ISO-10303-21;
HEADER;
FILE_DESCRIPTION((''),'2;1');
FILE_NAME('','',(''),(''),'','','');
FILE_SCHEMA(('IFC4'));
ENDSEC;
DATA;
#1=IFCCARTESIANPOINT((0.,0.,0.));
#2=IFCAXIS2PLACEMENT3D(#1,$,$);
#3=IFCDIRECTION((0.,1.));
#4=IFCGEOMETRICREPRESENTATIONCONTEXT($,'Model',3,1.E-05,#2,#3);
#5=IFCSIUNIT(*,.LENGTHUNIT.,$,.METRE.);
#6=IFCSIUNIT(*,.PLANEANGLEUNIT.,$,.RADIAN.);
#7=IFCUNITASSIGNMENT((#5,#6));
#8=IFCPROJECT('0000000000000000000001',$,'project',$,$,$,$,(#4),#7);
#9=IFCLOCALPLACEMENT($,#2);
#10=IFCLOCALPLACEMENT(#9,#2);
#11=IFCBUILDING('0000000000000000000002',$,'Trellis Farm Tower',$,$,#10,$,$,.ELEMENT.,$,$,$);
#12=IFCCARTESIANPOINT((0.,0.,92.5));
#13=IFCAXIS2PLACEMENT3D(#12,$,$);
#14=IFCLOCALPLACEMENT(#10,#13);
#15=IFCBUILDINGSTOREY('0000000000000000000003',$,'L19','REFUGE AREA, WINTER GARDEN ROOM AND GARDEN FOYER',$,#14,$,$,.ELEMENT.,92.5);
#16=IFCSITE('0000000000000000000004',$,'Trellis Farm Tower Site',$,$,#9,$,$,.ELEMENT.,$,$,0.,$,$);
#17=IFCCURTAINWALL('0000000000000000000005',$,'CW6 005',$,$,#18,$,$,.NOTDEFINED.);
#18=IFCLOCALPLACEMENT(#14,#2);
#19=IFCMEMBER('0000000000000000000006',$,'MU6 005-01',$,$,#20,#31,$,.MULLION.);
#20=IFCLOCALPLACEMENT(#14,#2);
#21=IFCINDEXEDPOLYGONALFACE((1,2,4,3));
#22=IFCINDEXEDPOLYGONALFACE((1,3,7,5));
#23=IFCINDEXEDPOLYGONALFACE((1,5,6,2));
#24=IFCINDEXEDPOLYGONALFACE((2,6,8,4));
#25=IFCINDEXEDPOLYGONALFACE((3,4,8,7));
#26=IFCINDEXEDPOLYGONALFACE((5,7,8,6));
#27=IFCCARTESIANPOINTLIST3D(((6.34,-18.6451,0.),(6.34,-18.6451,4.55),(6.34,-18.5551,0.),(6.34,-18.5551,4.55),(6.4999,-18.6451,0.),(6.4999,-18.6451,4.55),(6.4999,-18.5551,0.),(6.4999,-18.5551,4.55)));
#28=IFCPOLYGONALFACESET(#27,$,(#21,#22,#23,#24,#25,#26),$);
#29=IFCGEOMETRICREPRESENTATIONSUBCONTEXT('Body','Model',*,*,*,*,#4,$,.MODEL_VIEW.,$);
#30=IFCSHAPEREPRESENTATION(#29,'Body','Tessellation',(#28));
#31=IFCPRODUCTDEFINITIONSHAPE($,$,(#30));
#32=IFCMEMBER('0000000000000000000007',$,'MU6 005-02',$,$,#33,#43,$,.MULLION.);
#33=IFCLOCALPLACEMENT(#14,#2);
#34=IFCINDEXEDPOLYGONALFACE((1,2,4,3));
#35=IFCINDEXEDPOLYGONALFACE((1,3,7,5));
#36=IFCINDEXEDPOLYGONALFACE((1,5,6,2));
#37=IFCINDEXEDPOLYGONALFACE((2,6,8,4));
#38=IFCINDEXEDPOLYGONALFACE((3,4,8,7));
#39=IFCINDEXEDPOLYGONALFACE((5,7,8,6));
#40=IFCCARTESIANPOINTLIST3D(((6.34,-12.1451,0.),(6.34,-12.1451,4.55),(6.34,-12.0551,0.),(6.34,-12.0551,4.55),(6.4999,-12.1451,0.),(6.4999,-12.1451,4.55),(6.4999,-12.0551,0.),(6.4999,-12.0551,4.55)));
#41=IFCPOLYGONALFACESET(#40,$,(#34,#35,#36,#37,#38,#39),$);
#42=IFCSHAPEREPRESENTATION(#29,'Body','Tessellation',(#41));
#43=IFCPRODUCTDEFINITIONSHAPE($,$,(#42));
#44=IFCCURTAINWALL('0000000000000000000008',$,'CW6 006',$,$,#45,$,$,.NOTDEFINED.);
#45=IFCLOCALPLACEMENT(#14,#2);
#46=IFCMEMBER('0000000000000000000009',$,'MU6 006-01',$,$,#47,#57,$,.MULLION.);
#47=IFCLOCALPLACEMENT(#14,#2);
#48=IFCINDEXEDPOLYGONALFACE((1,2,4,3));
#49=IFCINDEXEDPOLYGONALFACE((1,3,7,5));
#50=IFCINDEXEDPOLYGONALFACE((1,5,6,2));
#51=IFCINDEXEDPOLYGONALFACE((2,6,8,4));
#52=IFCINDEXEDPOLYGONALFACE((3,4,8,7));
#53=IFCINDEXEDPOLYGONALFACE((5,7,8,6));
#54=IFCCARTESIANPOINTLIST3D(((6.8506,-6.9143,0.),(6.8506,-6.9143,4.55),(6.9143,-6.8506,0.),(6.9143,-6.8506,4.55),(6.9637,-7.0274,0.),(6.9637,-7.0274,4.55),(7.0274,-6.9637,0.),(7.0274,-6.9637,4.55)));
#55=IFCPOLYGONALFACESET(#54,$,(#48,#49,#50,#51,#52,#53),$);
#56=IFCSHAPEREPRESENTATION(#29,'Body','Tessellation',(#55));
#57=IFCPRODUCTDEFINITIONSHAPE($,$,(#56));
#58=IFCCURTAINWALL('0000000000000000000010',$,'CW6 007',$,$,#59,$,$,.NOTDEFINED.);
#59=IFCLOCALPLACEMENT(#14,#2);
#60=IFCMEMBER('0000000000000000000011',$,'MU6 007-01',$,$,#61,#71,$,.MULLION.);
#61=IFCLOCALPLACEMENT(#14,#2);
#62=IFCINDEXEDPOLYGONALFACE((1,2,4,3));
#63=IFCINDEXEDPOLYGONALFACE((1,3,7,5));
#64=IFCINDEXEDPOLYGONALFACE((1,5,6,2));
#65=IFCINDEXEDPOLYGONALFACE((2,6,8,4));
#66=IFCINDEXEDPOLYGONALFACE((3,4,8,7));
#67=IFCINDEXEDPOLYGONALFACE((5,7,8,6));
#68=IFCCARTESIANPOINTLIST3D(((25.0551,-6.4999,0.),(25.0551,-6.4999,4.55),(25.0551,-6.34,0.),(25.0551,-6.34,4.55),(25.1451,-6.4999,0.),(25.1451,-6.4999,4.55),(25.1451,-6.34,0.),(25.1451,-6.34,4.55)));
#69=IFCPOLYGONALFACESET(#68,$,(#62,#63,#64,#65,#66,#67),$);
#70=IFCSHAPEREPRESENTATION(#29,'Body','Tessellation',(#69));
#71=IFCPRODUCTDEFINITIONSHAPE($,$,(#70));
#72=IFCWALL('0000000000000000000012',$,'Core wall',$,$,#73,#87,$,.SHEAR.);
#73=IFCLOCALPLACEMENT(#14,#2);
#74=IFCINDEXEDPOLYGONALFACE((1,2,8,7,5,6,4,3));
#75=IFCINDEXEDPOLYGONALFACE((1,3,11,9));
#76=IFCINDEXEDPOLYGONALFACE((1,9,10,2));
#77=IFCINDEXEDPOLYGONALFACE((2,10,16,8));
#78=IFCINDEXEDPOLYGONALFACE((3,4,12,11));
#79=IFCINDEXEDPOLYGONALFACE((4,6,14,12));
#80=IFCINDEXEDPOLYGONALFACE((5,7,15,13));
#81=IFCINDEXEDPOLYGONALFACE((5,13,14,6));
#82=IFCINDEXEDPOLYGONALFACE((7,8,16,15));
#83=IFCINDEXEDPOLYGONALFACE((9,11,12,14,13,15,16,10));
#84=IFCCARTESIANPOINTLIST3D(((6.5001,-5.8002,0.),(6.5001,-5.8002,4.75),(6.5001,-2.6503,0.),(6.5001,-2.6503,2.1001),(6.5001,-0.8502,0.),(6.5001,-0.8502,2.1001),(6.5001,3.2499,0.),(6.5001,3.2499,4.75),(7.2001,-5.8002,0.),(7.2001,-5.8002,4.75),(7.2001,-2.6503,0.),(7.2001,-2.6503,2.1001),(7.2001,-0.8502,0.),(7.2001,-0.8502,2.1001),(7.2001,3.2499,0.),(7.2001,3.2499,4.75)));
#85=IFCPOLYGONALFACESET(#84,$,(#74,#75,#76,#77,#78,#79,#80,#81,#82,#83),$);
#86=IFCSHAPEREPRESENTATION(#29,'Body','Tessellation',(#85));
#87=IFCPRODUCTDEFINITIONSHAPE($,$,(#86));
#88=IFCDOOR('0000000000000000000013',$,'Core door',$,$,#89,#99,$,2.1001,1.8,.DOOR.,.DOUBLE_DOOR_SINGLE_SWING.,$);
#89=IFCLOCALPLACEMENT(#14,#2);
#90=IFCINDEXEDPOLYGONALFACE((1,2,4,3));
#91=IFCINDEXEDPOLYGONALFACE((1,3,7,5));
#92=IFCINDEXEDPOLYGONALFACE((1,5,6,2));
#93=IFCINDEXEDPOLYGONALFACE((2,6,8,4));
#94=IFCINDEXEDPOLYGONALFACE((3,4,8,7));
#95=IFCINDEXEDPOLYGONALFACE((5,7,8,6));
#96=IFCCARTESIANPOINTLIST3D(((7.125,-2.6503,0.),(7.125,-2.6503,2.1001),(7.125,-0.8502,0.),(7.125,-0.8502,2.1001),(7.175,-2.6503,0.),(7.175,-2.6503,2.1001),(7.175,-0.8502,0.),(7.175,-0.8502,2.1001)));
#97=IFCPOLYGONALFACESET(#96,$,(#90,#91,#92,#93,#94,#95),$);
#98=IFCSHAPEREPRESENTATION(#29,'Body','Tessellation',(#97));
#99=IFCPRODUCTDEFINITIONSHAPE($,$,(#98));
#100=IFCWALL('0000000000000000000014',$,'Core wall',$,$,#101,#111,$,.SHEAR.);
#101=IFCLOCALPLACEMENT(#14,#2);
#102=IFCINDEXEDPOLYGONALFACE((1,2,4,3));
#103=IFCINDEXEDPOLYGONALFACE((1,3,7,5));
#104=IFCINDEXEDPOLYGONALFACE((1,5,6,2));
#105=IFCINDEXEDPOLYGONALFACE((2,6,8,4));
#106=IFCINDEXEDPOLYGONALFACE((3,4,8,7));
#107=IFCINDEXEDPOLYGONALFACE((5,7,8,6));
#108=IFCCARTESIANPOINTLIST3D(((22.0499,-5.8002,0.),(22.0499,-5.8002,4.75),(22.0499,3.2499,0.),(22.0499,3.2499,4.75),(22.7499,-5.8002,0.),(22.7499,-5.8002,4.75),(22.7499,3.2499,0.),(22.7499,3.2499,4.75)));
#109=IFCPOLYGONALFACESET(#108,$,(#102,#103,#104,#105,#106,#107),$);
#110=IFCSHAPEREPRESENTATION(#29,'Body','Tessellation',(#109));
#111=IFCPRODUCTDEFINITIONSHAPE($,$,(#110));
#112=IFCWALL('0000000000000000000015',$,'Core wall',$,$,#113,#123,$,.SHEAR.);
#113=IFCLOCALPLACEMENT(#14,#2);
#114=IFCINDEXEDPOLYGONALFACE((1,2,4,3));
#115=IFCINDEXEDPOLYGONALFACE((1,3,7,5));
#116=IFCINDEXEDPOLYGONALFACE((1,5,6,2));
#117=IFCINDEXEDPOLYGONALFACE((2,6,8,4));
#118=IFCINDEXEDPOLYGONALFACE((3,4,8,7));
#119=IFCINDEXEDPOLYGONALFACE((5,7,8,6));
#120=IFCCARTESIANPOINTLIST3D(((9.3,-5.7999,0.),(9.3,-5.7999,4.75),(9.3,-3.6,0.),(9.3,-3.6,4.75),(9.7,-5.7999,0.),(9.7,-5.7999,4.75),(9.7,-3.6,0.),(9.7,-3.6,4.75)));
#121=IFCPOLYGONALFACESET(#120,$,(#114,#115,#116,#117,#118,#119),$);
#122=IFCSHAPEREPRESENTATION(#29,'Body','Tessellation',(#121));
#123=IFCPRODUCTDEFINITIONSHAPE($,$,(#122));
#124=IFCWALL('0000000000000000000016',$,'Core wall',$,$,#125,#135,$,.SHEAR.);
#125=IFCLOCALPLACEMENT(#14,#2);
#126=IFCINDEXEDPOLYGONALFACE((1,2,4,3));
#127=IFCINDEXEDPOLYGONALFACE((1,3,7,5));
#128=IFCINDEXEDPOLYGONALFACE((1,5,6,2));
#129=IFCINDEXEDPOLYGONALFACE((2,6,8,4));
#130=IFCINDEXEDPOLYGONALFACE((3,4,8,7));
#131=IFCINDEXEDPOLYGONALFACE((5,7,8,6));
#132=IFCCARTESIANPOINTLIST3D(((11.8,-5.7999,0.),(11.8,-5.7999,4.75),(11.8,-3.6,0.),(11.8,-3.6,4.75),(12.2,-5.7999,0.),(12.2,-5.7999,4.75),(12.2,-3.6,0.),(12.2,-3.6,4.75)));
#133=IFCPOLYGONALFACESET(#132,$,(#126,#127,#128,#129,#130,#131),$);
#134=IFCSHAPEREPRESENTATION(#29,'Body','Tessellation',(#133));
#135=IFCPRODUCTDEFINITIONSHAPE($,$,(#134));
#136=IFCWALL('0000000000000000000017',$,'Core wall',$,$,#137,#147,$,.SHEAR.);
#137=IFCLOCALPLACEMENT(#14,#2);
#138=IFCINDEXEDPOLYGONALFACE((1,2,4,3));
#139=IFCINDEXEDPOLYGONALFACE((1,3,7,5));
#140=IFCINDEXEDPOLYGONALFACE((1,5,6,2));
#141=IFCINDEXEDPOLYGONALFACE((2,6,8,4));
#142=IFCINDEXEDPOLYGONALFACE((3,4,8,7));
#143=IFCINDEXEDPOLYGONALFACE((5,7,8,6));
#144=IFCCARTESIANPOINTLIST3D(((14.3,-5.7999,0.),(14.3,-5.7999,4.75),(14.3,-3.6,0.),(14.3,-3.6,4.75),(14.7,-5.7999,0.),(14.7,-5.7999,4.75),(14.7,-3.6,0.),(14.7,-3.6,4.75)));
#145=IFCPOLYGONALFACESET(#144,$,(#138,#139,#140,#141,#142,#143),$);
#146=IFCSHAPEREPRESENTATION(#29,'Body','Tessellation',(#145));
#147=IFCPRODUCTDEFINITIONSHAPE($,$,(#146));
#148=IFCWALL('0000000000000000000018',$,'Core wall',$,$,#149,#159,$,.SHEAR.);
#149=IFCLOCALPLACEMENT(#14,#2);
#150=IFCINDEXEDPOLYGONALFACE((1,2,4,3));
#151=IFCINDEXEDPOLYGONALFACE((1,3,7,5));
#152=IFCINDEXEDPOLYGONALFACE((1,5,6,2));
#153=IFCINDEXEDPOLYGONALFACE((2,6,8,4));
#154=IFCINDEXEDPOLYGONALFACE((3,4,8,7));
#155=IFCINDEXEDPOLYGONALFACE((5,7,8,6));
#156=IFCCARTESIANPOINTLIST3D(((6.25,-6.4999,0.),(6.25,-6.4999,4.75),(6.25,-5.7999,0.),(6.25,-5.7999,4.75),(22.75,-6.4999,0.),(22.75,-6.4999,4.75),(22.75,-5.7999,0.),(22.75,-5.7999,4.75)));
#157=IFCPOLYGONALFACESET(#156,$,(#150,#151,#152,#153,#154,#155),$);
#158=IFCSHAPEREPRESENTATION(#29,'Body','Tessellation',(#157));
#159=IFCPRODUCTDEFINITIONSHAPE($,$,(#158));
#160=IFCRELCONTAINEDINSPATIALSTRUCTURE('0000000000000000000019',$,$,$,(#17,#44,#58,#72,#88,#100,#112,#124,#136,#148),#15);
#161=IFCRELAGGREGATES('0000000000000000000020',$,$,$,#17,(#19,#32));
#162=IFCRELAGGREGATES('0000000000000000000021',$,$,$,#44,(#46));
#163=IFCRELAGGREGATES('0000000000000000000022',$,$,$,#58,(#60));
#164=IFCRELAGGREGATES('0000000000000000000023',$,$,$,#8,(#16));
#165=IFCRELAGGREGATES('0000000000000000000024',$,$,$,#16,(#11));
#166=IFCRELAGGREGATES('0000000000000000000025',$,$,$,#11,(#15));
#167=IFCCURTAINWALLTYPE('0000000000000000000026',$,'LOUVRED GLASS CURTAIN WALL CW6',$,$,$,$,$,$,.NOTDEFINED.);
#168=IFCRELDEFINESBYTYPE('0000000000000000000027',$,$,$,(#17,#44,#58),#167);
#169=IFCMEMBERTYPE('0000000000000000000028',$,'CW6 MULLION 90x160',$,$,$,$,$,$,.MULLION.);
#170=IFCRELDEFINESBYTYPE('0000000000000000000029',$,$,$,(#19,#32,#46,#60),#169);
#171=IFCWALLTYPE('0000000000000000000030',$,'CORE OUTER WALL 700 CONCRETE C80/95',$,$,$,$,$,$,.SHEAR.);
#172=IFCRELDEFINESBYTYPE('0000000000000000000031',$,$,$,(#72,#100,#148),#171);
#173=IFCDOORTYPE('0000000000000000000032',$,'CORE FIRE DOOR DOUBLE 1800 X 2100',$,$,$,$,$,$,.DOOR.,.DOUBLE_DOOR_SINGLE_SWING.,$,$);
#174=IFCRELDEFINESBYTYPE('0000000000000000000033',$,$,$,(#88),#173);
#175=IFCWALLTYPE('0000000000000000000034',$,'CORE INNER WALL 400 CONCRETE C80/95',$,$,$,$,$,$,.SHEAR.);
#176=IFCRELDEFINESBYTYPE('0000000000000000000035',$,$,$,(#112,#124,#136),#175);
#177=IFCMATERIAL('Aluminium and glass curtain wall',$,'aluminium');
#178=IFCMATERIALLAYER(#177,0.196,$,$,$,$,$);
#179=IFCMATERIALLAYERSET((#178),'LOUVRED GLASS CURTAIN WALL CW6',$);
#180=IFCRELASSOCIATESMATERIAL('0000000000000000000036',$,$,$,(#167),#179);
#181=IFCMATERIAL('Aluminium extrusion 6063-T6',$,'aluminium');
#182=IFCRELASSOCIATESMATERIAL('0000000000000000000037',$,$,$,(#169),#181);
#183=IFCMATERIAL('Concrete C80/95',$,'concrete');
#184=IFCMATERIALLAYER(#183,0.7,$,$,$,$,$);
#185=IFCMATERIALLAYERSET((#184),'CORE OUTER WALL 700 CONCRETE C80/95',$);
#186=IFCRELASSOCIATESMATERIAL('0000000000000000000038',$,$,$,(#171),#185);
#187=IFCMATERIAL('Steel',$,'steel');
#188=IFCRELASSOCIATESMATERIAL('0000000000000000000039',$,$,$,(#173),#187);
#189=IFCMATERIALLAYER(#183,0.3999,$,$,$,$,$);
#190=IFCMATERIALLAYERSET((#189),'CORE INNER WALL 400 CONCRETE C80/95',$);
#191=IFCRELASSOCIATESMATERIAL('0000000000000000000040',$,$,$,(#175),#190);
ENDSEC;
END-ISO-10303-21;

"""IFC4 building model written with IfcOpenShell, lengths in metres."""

from ifc_helpers import new_model, si_unit, direction, frame, frame_2d, origin, origin_2d, place, context, subcontext, project, spatial, rectangle, extrude, source, transform, mapped, material, layer, layer_set, material_profile, profile_set, type_object, element, fill, aggregate, save


model = new_model("IFC4")

# Units and contexts
model_context = context("Model", 3, precision=1e-05, world=origin(), true_north=direction((0.0, 1.0)))
body_context = subcontext(model_context, "Body", "Model", "MODEL_VIEW")
ifc_project = project(units=[si_unit("LENGTHUNIT", "METRE"), si_unit("PLANEANGLEUNIT", "RADIAN")], contexts=[model_context])

# Site, building, storey
site_placement = place(None, origin())
site = spatial("IfcSite", under=ifc_project, at=site_placement, Name="Trellis Farm Tower Site", CompositionType="ELEMENT", RefElevation=0.0)
building_placement = place(site_placement, origin())
building = spatial("IfcBuilding", under=site, at=building_placement, Name="Trellis Farm Tower", CompositionType="ELEMENT")
storey_placement = place(building_placement, frame((0.0, 0.0, 92.5)))
storey = spatial("IfcBuildingStorey", under=building, at=storey_placement, Name="L19", Description="REFUGE AREA, WINTER GARDEN ROOM AND GARDEN FOYER", CompositionType="ELEMENT", Elevation=92.5)

# Shared definitions
ifc_material_1 = material(Name="Concrete C80/95", Category="concrete")

# Shared definitions
ifc_material_2 = material(Name="Aluminium and glass curtain wall", Category="aluminium")
ifc_layer_1 = layer(ifc_material_2, 0.196)
ifc_layer_set_1 = layer_set([ifc_layer_1], Name="LOUVRED GLASS CURTAIN WALL CW6")
curtain_wall_type = type_object("IfcCurtainWallType", Name="LOUVRED GLASS CURTAIN WALL CW6", PredefinedType="NOTDEFINED", material=ifc_layer_set_1)
placement = place(storey_placement, origin())
ifc_material_3 = material(Name="Aluminium extrusion 6063-T6", Category="aluminium")
ifc_material_profile_1 = material_profile(ifc_material_3, rectangle(XDim=0.0901, YDim=0.1599, at=origin_2d()), Name="MULLION 90x160")
ifc_profile_set_1 = profile_set([ifc_material_profile_1], Name="Aluminium extrusion 6063-T6")
member_type_1 = type_object("IfcMemberType", Name="CW6 MULLION 90x160", PredefinedType="MULLION", material=ifc_profile_set_1)
shared_shape_1 = source(origin(), body_context, "Body", "SweptSolid", [
    extrude(rectangle(XDim=0.0901, YDim=0.1599, at=origin_2d()), origin(), (0.0, 0.0, 1.0), 4.55),
])

# Curtain wall, members
curtain_wall_1 = element("IfcCurtainWall", 1, at=placement, inside=storey, type_object=curtain_wall_type, Name="CW6 005", PredefinedType="NOTDEFINED")
member_1_placement = place(storey_placement, frame((6.4199, -18.6001, 0.0), z_axis=(0.0, 0.0, 1.0), x_axis=(0.0, 1.0, 0.0)))
member_1 = element("IfcMember", 2, at=member_1_placement, type_object=member_type_1, Name="MU6 005-01", PredefinedType="MULLION", context=body_context, shape_type="MappedRepresentation", body=[
    mapped(shared_shape_1, transform((0.0, 0.0, 0.0))),
])
member_2_placement = place(storey_placement, frame((6.4199, -12.1001, 0.0), z_axis=(0.0, 0.0, 1.0), x_axis=(0.0, 1.0, 0.0)))
member_2 = element("IfcMember", 3, at=member_2_placement, type_object=member_type_1, Name="MU6 005-02", PredefinedType="MULLION", context=body_context, shape_type="MappedRepresentation", body=[
    mapped(shared_shape_1, transform((0.0, 0.0, 0.0))),
])
aggregate(curtain_wall_1, [member_1, member_2])

# Curtain walls, members
curtain_wall_2 = element("IfcCurtainWall", 4, at=placement, inside=storey, type_object=curtain_wall_type, Name="CW6 006", PredefinedType="NOTDEFINED")
member_3_placement = place(storey_placement, frame((6.939, -6.939, 0.0), z_axis=(0.0, 0.0, 1.0), x_axis=(0.707107, 0.707107, 0.0)))
member_3 = element("IfcMember", 5, at=member_3_placement, type_object=member_type_1, Name="MU6 006-01", PredefinedType="MULLION", context=body_context, shape_type="MappedRepresentation", body=[
    mapped(shared_shape_1, transform((0.0, 0.0, 0.0))),
])
aggregate(curtain_wall_2, [member_3])
curtain_wall_3 = element("IfcCurtainWall", 6, at=placement, inside=storey, type_object=curtain_wall_type, Name="CW6 007", PredefinedType="NOTDEFINED")
member_4_placement = place(storey_placement, frame((25.1001, -6.4199, 0.0), z_axis=(0.0, 0.0, 1.0), x_axis=(1.0, 0.0, 0.0)))
member_4 = element("IfcMember", 7, at=member_4_placement, type_object=member_type_1, Name="MU6 007-01", PredefinedType="MULLION", context=body_context, shape_type="MappedRepresentation", body=[
    mapped(shared_shape_1, transform((0.0, 0.0, 0.0))),
])
aggregate(curtain_wall_3, [member_4])

# Wall, opening, door
ifc_layer_2 = layer(ifc_material_1, 0.7)
ifc_layer_set_2 = layer_set([ifc_layer_2], Name="CORE OUTER WALL 700 CONCRETE C80/95")
wall_type_1 = type_object("IfcWallType", Name="CORE OUTER WALL 700 CONCRETE C80/95", PredefinedType="SHEAR", material=ifc_layer_set_2)
shared_shape_2 = source(origin(), body_context, "Body", "SweptSolid", [
    extrude(rectangle(XDim=9.05, YDim=0.7, at=frame_2d((4.5249, 0.0))), origin(), (0.0, 0.0, 1.0), 4.75),
])
wall_1_placement = place(storey_placement, frame((6.8501, -5.8, 0.0), z_axis=(0.0, 0.0, 1.0), x_axis=(0.0, 1.0, 0.0)))
wall_1 = element("IfcWall", 8, at=wall_1_placement, inside=storey, type_object=wall_type_1, Name="Core wall", PredefinedType="SHEAR", context=body_context, shape_type="MappedRepresentation", body=[
    mapped(shared_shape_2, transform((0.0, 0.0, 0.0))),
])
shared_shape_3 = source(origin(), body_context, "Body", "SweptSolid", [
    extrude(rectangle(XDim=1.8, YDim=2.1001, at=frame_2d((0.8999, 1.05))), frame((0.0, 0.3601, 0.0), z_axis=(0.0, -1.0, 0.0), x_axis=(1.0, 0.0, 0.0)), (0.0, 0.0, 1.0), 0.7202),
])
opening_1_placement = place(wall_1_placement, frame((3.1499, 0.0, 0.0)))
opening_1 = element("IfcOpeningElement", 9, at=opening_1_placement, cuts=wall_1, PredefinedType="OPENING", context=body_context, shape_type="MappedRepresentation", body=[
    mapped(shared_shape_3, transform((0.0, 0.0, 0.0))),
])
ifc_material_4 = material(Name="Steel", Category="steel")
door_type_1 = type_object("IfcDoorType", Name="CORE FIRE DOOR DOUBLE 1800 X 2100", OperationType="DOUBLE_DOOR_SINGLE_SWING", PredefinedType="DOOR", material=ifc_material_4)
shared_shape_4 = source(origin(), body_context, "Body", "SweptSolid", [
    extrude(rectangle(XDim=1.8, YDim=2.1001, at=frame_2d((0.8999, 1.05))), frame((0.0, -0.2749, 0.0), z_axis=(0.0, -1.0, 0.0), x_axis=(1.0, 0.0, 0.0)), (0.0, 0.0, 1.0), 0.05),
])
door_1_placement = place(opening_1_placement, origin())
door_1 = element("IfcDoor", 10, at=door_1_placement, inside=storey, type_object=door_type_1, Name="Core door", OperationType="DOUBLE_DOOR_SINGLE_SWING", OverallHeight=2.1001, OverallWidth=1.8, PredefinedType="DOOR", context=body_context, shape_type="MappedRepresentation", body=[
    mapped(shared_shape_4, transform((0.0, 0.0, 0.0))),
])
fill(opening_1, door_1)

# Walls
wall_2_placement = place(storey_placement, frame((22.3999, -5.8, 0.0), z_axis=(0.0, 0.0, 1.0), x_axis=(0.0, 1.0, 0.0)))
element("IfcWall", 11, at=wall_2_placement, inside=storey, type_object=wall_type_1, Name="Core wall", PredefinedType="SHEAR", context=body_context, shape_type="MappedRepresentation", body=[
    mapped(shared_shape_2, transform((0.0, 0.0, 0.0))),
])
ifc_layer_3 = layer(ifc_material_1, 0.3999)
ifc_layer_set_3 = layer_set([ifc_layer_3], Name="CORE INNER WALL 400 CONCRETE C80/95")
wall_type_2 = type_object("IfcWallType", Name="CORE INNER WALL 400 CONCRETE C80/95", PredefinedType="SHEAR", material=ifc_layer_set_3)
shared_shape_5 = source(origin(), body_context, "Body", "SweptSolid", [
    extrude(rectangle(XDim=2.2, YDim=0.3999, at=frame_2d((1.1001, 0.0))), origin(), (0.0, 0.0, 1.0), 4.75),
])
for number, where, z_axis, x_axis, name in (
    (12, (9.5, -5.8, 0.0), (0.0, 0.0, 1.0), (0.0, 1.0, 0.0), "Core wall"),
    (13, (12.0, -5.8, 0.0), (0.0, 0.0, 1.0), (0.0, 1.0, 0.0), "Core wall"),
    (14, (14.5, -5.8, 0.0), (0.0, 0.0, 1.0), (0.0, 1.0, 0.0), "Core wall"),
):
    element("IfcWall", number, at=place(storey_placement, frame(where, z_axis=z_axis, x_axis=x_axis)), inside=storey, type_object=wall_type_2, Name=name, PredefinedType="SHEAR", context=body_context, shape_type="MappedRepresentation", body=[
        mapped(shared_shape_5, transform((0.0, 0.0, 0.0))),
    ])
shared_shape_6 = source(origin(), body_context, "Body", "SweptSolid", [
    extrude(rectangle(XDim=16.5, YDim=0.7, at=frame_2d((8.25, 0.0))), origin(), (0.0, 0.0, 1.0), 4.75),
])
wall_3_placement = place(storey_placement, frame((6.25, -6.1499, 0.0), z_axis=(0.0, 0.0, 1.0), x_axis=(1.0, 0.0, 0.0)))
element("IfcWall", 15, at=wall_3_placement, inside=storey, type_object=wall_type_1, Name="Core wall", PredefinedType="SHEAR", context=body_context, shape_type="MappedRepresentation", body=[
    mapped(shared_shape_6, transform((0.0, 0.0, 0.0))),
])

save(model, "model.ifc")
